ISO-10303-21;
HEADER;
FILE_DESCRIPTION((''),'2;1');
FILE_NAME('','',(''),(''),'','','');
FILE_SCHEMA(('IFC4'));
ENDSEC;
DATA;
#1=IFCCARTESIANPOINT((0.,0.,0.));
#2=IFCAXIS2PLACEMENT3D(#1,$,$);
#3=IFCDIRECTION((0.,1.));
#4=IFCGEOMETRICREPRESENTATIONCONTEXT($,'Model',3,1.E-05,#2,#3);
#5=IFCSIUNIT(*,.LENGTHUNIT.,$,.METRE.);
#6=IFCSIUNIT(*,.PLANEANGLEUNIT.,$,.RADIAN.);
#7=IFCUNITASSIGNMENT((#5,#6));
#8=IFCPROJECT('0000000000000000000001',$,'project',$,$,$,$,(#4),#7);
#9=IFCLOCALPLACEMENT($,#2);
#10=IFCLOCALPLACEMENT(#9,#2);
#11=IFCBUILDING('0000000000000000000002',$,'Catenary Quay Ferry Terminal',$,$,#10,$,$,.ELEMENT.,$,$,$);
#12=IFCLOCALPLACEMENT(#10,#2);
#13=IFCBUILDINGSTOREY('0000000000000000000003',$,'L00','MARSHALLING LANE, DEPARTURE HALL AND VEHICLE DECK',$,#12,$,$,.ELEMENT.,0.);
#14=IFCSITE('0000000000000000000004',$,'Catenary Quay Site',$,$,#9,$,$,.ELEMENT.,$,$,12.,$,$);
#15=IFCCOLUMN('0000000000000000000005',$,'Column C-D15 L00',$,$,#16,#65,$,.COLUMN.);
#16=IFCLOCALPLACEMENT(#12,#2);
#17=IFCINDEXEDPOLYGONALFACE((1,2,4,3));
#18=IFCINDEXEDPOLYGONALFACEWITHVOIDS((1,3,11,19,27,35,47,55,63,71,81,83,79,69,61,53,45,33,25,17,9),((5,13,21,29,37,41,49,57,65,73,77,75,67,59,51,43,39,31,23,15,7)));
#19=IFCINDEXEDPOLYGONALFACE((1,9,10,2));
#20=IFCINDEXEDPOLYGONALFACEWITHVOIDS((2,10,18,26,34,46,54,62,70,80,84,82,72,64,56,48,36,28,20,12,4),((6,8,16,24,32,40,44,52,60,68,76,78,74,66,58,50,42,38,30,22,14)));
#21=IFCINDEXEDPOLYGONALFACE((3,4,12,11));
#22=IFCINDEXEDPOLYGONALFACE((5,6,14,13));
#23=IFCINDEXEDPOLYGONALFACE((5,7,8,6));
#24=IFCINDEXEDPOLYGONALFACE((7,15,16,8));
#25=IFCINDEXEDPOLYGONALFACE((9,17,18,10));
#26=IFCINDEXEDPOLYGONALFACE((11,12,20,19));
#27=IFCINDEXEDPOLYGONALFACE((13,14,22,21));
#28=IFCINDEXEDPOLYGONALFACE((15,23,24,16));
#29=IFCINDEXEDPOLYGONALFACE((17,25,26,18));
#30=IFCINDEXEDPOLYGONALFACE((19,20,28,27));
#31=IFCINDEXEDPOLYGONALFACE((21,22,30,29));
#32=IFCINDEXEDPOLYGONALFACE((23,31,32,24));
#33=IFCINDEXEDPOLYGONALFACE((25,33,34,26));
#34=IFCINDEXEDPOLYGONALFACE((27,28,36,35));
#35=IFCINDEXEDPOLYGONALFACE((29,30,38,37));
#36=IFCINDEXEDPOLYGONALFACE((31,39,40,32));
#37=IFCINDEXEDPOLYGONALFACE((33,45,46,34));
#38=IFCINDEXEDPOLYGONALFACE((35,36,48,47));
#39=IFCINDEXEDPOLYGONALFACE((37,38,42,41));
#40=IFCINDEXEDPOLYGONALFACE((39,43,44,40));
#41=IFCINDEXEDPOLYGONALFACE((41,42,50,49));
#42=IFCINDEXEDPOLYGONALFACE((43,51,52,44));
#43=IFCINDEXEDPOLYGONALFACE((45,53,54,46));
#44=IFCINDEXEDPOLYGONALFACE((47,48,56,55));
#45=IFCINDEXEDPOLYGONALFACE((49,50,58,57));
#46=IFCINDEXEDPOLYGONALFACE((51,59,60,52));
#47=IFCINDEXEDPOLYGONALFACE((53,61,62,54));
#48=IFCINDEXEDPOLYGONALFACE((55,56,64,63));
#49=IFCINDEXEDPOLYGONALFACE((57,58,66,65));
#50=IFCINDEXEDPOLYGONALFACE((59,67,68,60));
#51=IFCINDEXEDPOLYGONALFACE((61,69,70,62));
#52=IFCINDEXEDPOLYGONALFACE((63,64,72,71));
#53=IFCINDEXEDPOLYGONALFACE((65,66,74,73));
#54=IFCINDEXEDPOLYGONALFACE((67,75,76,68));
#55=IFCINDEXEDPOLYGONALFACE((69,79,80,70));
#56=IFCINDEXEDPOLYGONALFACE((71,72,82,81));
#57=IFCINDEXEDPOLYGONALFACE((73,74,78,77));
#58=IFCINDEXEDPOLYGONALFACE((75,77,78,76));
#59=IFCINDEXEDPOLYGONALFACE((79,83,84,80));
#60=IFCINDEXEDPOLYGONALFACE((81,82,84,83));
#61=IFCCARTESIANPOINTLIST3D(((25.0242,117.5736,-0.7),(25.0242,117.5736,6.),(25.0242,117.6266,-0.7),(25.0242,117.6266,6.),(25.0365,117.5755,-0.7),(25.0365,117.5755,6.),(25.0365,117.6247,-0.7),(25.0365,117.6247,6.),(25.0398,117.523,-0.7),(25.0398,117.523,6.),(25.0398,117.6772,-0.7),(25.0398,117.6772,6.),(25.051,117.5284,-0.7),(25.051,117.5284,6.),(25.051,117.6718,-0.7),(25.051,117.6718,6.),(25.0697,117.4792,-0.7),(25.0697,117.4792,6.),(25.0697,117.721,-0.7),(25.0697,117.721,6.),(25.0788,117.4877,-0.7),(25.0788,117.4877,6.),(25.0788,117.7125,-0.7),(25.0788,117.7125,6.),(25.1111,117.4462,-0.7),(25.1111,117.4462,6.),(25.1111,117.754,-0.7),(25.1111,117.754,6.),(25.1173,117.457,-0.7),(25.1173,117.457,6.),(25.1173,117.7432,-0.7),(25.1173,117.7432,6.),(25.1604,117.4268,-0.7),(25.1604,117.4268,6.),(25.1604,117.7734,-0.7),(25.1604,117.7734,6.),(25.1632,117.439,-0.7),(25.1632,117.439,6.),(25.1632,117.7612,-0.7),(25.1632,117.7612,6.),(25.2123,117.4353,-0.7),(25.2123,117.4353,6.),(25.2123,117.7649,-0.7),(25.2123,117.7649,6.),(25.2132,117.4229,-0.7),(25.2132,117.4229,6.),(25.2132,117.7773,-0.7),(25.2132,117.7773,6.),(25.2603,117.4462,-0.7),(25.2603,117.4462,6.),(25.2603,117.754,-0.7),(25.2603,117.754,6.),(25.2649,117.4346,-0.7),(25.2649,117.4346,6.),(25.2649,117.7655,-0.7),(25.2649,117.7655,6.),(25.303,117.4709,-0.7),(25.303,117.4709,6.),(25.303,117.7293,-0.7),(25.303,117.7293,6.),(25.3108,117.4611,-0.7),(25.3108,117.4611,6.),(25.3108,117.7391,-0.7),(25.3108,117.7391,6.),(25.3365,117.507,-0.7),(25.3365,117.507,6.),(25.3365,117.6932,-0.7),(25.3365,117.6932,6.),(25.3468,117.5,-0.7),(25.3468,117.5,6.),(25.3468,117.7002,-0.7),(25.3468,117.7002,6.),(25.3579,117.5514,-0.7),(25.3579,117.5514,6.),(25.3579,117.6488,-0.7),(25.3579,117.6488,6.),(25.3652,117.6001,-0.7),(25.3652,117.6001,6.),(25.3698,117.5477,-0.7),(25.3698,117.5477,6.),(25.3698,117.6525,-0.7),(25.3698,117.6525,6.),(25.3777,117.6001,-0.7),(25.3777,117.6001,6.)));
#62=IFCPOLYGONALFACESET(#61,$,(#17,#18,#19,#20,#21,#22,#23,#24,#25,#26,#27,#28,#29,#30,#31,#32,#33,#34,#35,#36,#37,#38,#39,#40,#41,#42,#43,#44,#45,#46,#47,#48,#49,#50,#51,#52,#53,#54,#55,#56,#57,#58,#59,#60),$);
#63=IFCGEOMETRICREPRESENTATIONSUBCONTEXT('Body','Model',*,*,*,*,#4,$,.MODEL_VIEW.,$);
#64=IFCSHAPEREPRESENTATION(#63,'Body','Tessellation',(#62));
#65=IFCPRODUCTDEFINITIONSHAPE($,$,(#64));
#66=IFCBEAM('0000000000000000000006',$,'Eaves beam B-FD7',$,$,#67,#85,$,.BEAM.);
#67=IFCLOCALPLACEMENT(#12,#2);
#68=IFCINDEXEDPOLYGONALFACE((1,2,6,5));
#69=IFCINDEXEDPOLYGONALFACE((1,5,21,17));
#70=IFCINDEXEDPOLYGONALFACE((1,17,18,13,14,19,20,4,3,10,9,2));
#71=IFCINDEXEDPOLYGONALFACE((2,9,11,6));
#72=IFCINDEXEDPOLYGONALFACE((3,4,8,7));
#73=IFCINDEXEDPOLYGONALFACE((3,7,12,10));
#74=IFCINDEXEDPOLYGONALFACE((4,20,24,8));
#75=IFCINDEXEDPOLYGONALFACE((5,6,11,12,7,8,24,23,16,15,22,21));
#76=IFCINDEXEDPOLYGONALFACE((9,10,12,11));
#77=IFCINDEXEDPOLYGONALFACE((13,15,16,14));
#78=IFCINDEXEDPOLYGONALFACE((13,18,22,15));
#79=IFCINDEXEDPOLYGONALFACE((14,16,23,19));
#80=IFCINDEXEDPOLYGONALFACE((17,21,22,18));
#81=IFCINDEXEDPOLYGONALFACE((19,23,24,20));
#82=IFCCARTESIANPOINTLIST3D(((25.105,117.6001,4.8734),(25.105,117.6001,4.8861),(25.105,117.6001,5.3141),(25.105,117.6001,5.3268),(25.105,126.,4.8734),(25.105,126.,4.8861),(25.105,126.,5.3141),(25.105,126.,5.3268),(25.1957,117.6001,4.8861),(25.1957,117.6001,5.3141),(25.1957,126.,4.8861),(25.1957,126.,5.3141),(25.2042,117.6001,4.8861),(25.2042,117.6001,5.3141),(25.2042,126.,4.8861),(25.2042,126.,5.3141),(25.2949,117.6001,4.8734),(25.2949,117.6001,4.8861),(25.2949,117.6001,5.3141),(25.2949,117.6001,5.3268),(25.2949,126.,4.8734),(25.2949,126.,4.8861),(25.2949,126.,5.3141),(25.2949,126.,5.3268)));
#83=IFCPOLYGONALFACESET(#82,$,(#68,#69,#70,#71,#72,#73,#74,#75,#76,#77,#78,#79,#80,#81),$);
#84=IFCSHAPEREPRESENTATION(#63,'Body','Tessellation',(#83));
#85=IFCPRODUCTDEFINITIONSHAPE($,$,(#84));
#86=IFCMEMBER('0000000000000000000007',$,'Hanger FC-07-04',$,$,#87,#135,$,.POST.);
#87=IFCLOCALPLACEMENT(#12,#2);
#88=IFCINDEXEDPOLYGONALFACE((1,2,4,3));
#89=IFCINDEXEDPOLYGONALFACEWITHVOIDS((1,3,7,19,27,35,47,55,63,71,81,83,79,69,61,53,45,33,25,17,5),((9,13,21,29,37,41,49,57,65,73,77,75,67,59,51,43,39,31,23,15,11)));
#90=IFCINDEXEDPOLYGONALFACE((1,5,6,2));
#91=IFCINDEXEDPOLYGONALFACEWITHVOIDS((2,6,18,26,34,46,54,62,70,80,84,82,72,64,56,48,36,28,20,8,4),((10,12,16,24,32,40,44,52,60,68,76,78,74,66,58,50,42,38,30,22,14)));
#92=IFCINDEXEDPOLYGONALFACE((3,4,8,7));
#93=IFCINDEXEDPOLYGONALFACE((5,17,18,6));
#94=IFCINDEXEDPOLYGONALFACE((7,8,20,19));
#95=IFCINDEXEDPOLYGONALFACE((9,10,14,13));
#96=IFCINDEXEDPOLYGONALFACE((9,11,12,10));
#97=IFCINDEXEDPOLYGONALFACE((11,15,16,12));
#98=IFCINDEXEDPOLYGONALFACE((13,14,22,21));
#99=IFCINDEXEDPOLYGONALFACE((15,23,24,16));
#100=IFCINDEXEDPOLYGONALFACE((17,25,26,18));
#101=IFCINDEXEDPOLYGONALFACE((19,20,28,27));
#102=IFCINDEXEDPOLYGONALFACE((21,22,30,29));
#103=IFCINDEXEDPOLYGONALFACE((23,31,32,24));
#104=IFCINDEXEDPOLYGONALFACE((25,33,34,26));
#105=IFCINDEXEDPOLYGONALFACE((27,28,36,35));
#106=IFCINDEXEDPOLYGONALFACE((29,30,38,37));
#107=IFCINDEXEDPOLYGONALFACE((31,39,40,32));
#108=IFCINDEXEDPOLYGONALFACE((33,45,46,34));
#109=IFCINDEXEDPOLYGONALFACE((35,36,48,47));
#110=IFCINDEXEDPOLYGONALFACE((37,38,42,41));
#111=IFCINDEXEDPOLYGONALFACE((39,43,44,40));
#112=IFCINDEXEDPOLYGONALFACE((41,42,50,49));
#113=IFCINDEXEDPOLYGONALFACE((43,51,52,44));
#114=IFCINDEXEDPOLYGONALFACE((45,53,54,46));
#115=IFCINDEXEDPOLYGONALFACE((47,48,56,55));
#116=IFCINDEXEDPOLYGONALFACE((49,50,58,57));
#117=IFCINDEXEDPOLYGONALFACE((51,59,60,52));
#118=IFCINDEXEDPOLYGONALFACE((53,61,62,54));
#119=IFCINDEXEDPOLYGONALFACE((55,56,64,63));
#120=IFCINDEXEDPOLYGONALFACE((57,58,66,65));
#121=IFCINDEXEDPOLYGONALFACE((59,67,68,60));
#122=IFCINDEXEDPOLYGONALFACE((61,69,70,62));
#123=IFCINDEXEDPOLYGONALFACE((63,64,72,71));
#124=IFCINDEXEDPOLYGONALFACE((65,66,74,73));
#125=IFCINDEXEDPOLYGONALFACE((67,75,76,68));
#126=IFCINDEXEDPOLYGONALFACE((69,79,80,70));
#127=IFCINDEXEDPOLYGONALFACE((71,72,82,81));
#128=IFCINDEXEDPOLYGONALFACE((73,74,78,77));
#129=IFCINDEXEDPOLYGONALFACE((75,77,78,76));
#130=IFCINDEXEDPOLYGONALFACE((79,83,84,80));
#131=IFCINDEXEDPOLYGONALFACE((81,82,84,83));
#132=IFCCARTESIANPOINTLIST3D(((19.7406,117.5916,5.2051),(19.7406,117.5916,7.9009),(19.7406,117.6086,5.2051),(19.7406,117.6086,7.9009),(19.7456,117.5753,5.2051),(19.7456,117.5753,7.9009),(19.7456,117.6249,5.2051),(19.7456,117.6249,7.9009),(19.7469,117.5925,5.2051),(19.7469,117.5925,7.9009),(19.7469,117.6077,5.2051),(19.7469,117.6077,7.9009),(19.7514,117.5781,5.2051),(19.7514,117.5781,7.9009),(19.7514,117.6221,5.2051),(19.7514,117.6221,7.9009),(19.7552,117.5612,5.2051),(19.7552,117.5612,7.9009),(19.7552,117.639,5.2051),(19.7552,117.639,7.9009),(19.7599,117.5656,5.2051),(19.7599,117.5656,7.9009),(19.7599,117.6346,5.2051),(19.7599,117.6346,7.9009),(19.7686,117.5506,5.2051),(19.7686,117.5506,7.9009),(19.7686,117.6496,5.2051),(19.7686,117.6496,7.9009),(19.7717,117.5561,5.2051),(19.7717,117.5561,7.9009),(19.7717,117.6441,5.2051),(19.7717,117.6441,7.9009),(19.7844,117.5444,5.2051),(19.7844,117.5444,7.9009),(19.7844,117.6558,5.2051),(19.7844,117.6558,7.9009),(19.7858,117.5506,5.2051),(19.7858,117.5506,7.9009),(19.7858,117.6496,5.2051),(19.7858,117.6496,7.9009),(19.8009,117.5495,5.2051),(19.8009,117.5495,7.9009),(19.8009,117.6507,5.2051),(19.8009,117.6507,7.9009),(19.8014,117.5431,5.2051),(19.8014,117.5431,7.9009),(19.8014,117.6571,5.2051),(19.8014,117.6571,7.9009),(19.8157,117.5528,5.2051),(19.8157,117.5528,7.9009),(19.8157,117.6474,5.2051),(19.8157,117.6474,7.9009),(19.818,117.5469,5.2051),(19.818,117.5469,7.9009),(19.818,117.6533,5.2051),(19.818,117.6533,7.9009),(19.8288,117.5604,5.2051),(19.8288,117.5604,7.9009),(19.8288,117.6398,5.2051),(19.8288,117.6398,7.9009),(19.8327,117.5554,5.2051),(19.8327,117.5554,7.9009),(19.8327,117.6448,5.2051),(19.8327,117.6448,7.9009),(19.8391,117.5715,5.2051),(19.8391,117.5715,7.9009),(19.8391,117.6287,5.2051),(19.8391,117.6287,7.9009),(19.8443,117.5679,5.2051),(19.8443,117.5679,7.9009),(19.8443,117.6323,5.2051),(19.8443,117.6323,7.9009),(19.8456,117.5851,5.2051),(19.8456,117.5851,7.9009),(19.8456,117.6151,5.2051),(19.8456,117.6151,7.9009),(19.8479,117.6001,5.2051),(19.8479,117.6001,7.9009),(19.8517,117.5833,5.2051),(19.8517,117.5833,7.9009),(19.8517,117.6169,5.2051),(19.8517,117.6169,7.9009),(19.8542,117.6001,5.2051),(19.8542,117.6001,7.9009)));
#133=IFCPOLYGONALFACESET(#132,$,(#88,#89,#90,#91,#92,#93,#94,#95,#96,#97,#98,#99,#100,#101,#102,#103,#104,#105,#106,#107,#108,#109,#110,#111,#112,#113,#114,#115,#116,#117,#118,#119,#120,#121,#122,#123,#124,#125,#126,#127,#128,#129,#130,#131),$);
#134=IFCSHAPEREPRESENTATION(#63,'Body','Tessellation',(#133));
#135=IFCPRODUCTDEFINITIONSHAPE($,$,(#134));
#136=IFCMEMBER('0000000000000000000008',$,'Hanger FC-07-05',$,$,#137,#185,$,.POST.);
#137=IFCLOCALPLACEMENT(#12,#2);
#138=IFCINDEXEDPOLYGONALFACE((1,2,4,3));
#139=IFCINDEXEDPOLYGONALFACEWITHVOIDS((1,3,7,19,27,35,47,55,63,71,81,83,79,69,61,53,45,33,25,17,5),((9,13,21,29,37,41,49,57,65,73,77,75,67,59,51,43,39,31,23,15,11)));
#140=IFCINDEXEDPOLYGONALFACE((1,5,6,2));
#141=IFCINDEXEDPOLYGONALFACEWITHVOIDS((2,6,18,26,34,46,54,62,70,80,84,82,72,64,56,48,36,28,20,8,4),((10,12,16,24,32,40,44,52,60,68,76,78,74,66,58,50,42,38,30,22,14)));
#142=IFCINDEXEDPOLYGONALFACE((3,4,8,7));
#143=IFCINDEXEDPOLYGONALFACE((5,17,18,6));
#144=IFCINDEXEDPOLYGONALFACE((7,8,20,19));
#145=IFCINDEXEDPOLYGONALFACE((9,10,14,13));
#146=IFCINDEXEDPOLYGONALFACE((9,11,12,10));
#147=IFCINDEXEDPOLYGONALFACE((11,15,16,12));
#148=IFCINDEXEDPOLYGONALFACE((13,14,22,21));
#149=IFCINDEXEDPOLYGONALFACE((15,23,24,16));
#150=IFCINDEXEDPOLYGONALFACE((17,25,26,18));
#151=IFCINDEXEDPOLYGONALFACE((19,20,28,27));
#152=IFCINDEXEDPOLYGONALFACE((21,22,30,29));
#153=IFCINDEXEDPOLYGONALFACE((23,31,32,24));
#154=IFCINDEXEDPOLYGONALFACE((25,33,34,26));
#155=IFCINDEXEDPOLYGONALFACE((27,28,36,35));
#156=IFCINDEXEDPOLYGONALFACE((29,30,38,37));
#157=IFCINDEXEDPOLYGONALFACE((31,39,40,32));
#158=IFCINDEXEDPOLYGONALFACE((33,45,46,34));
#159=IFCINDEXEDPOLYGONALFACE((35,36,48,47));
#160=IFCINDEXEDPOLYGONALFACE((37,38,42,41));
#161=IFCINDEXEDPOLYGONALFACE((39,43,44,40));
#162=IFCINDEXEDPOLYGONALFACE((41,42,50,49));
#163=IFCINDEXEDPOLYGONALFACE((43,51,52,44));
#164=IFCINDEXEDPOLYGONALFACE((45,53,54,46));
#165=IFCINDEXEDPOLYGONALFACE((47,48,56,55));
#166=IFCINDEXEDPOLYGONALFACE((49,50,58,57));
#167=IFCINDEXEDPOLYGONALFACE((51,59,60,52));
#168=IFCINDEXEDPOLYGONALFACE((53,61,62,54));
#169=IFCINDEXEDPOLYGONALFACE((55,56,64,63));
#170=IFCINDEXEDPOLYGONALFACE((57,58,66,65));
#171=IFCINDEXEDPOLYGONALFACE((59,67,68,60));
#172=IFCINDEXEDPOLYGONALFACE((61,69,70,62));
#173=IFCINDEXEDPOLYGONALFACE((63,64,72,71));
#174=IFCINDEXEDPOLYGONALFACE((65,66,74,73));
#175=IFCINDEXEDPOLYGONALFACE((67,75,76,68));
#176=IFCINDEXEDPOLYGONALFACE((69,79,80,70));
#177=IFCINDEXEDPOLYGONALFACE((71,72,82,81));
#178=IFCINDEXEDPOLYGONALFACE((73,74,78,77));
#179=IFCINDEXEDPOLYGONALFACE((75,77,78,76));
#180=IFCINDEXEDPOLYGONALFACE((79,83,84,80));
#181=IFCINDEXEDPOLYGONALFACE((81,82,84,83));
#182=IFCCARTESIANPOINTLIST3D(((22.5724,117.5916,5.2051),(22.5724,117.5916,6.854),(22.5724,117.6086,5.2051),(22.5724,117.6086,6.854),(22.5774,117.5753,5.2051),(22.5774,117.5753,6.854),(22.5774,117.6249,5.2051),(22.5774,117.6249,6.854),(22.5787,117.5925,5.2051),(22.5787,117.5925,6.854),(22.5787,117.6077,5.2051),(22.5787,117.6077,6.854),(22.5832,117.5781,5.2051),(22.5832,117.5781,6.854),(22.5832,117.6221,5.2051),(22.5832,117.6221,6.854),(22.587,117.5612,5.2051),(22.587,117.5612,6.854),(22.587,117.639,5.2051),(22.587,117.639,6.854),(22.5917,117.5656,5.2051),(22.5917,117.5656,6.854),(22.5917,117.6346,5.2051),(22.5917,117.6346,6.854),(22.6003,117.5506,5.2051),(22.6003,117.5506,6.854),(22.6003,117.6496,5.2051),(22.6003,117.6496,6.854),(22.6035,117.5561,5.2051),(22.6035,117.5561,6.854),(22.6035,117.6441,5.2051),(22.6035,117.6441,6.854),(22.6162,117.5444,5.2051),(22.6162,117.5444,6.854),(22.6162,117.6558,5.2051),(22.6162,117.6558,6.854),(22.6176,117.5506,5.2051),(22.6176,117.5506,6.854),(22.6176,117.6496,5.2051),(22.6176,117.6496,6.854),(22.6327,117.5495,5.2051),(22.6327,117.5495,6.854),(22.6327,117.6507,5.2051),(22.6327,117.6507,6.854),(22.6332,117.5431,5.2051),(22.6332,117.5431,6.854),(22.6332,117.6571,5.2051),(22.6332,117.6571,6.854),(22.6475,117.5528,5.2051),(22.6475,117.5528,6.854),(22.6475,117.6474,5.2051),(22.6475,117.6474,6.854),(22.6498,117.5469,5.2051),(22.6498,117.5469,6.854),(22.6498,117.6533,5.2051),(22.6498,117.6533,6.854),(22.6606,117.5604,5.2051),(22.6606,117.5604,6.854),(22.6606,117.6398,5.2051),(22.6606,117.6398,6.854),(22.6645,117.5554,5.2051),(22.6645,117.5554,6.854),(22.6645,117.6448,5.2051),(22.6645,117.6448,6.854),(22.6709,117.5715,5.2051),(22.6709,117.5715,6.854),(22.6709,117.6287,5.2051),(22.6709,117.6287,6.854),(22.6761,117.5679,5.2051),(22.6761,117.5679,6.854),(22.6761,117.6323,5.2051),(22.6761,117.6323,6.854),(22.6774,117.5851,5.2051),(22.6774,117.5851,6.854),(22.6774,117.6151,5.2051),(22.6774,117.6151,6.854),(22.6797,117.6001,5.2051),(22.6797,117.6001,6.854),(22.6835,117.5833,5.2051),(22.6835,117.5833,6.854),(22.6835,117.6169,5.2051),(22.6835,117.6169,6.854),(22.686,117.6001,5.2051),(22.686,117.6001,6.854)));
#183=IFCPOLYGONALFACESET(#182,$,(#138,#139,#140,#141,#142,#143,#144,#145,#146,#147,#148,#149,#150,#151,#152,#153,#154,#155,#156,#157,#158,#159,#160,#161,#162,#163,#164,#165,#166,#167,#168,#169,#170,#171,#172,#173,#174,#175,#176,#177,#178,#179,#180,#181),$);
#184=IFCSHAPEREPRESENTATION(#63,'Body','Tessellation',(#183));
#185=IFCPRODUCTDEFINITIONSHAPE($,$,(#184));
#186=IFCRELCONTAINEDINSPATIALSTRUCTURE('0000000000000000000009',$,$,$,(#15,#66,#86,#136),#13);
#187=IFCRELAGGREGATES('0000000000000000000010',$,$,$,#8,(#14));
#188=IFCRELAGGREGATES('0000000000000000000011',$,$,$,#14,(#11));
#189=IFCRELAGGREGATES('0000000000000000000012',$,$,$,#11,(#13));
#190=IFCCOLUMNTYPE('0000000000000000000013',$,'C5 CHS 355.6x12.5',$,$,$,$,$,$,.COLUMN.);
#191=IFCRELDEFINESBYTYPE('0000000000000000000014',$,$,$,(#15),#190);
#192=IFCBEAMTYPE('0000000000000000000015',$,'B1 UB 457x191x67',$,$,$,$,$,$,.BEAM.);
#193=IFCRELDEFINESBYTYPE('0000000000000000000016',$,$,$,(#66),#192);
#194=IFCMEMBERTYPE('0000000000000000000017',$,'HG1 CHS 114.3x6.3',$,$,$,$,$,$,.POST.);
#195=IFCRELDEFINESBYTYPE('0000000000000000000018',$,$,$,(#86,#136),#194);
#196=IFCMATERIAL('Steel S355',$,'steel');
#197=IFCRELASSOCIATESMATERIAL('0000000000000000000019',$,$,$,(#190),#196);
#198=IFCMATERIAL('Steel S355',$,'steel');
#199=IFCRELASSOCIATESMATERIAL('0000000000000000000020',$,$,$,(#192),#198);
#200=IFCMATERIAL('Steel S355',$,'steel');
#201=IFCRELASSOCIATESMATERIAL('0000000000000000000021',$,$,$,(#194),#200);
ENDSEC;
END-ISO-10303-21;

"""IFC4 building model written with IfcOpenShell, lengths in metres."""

from ifc_helpers import new_model, si_unit, direction, frame, origin, origin_2d, place, context, subcontext, project, spatial, hollow_circle, i_section, extrude, material, material_profile, profile_set, type_object, element, save


model = new_model("IFC4")

# Units and contexts
model_context = context("Model", 3, precision=1e-05, world=origin(), true_north=direction((0.0, 1.0)))
body_context = subcontext(model_context, "Body", "Model", "MODEL_VIEW")
ifc_project = project(units=[si_unit("LENGTHUNIT", "METRE"), si_unit("PLANEANGLEUNIT", "RADIAN")], contexts=[model_context])

# Site, building, storey
site_placement = place(None, origin())
site = spatial("IfcSite", under=ifc_project, at=site_placement, Name="Catenary Quay Site", CompositionType="ELEMENT", RefElevation=12.0)
building_placement = place(site_placement, origin())
building = spatial("IfcBuilding", under=site, at=building_placement, Name="Catenary Quay Ferry Terminal", CompositionType="ELEMENT")
storey_placement = place(building_placement, origin())
storey = spatial("IfcBuildingStorey", under=building, at=storey_placement, Name="L00", Description="MARSHALLING LANE, DEPARTURE HALL AND VEHICLE DECK", CompositionType="ELEMENT", Elevation=0.0)

# Column
ifc_material_1 = material(Name="Steel S355", Category="steel")
ifc_material_profile_1 = material_profile(ifc_material_1, hollow_circle(Radius=0.1777, WallThickness=0.0125, at=origin_2d()), Name="CHS 355.6x12.5")
ifc_profile_set_1 = profile_set([ifc_material_profile_1], Name="Steel S355")
column_type = type_object("IfcColumnType", Name="C5 CHS 355.6x12.5", PredefinedType="COLUMN", material=ifc_profile_set_1)
column_placement = place(storey_placement, frame((25.2, 117.6001, -0.7), z_axis=(0.0, 0.0, 1.0), x_axis=(1.0, 0.0, 0.0)))
element("IfcColumn", 1, at=column_placement, inside=storey, type_object=column_type, Name="Column C-D15 L00", PredefinedType="COLUMN", context=body_context, shape_type="SweptSolid", body=[
    extrude(hollow_circle(Radius=0.1777, WallThickness=0.0125, at=origin_2d()), origin(), (0.0, 0.0, 1.0), 6.7),
])

# Beam
ifc_material_2 = material(Name="Steel S355", Category="steel")
ifc_material_profile_2 = material_profile(ifc_material_2, i_section(OverallWidth=0.1899, OverallDepth=0.4534, WebThickness=0.0085, FlangeThickness=0.0127, at=origin_2d()), Name="UB 457x191x67")
ifc_profile_set_2 = profile_set([ifc_material_profile_2], Name="Steel S355")
beam_type = type_object("IfcBeamType", Name="B1 UB 457x191x67", PredefinedType="BEAM", material=ifc_profile_set_2)
beam_placement = place(storey_placement, frame((25.2, 117.6001, 5.1001), z_axis=(0.0, 1.0, 0.0), x_axis=(-1.0, 0.0, 0.0)))
element("IfcBeam", 2, at=beam_placement, inside=storey, type_object=beam_type, Name="Eaves beam B-FD7", PredefinedType="BEAM", context=body_context, shape_type="SweptSolid", body=[
    extrude(i_section(OverallWidth=0.1899, OverallDepth=0.4534, WebThickness=0.0085, FlangeThickness=0.0127, at=origin_2d()), origin(), (0.0, 0.0, 1.0), 8.3999),
])

# Members
ifc_material_3 = material(Name="Steel S355", Category="steel")
ifc_material_profile_3 = material_profile(ifc_material_3, hollow_circle(Radius=0.0571, WallThickness=0.0063, at=origin_2d()), Name="CHS 114.3x6.3")
ifc_profile_set_3 = profile_set([ifc_material_profile_3], Name="Steel S355")
member_type_1 = type_object("IfcMemberType", Name="HG1 CHS 114.3x6.3", PredefinedType="POST", material=ifc_profile_set_3)
member_1_placement = place(storey_placement, frame((19.7971, 117.6001, 5.2051), z_axis=(0.0, 0.0, 1.0), x_axis=(1.0, 0.0, 0.0)))
element("IfcMember", 3, at=member_1_placement, inside=storey, type_object=member_type_1, Name="Hanger FC-07-04", PredefinedType="POST", context=body_context, shape_type="SweptSolid", body=[
    extrude(hollow_circle(Radius=0.0571, WallThickness=0.0063, at=origin_2d()), origin(), (0.0, 0.0, 1.0), 2.6958),
])
member_2_placement = place(storey_placement, frame((22.6289, 117.6001, 5.2051), z_axis=(0.0, 0.0, 1.0), x_axis=(1.0, 0.0, 0.0)))
element("IfcMember", 4, at=member_2_placement, inside=storey, type_object=member_type_1, Name="Hanger FC-07-05", PredefinedType="POST", context=body_context, shape_type="SweptSolid", body=[
    extrude(hollow_circle(Radius=0.0571, WallThickness=0.0063, at=origin_2d()), origin(), (0.0, 0.0, 1.0), 1.6489),
])

save(model, "model.ifc")
